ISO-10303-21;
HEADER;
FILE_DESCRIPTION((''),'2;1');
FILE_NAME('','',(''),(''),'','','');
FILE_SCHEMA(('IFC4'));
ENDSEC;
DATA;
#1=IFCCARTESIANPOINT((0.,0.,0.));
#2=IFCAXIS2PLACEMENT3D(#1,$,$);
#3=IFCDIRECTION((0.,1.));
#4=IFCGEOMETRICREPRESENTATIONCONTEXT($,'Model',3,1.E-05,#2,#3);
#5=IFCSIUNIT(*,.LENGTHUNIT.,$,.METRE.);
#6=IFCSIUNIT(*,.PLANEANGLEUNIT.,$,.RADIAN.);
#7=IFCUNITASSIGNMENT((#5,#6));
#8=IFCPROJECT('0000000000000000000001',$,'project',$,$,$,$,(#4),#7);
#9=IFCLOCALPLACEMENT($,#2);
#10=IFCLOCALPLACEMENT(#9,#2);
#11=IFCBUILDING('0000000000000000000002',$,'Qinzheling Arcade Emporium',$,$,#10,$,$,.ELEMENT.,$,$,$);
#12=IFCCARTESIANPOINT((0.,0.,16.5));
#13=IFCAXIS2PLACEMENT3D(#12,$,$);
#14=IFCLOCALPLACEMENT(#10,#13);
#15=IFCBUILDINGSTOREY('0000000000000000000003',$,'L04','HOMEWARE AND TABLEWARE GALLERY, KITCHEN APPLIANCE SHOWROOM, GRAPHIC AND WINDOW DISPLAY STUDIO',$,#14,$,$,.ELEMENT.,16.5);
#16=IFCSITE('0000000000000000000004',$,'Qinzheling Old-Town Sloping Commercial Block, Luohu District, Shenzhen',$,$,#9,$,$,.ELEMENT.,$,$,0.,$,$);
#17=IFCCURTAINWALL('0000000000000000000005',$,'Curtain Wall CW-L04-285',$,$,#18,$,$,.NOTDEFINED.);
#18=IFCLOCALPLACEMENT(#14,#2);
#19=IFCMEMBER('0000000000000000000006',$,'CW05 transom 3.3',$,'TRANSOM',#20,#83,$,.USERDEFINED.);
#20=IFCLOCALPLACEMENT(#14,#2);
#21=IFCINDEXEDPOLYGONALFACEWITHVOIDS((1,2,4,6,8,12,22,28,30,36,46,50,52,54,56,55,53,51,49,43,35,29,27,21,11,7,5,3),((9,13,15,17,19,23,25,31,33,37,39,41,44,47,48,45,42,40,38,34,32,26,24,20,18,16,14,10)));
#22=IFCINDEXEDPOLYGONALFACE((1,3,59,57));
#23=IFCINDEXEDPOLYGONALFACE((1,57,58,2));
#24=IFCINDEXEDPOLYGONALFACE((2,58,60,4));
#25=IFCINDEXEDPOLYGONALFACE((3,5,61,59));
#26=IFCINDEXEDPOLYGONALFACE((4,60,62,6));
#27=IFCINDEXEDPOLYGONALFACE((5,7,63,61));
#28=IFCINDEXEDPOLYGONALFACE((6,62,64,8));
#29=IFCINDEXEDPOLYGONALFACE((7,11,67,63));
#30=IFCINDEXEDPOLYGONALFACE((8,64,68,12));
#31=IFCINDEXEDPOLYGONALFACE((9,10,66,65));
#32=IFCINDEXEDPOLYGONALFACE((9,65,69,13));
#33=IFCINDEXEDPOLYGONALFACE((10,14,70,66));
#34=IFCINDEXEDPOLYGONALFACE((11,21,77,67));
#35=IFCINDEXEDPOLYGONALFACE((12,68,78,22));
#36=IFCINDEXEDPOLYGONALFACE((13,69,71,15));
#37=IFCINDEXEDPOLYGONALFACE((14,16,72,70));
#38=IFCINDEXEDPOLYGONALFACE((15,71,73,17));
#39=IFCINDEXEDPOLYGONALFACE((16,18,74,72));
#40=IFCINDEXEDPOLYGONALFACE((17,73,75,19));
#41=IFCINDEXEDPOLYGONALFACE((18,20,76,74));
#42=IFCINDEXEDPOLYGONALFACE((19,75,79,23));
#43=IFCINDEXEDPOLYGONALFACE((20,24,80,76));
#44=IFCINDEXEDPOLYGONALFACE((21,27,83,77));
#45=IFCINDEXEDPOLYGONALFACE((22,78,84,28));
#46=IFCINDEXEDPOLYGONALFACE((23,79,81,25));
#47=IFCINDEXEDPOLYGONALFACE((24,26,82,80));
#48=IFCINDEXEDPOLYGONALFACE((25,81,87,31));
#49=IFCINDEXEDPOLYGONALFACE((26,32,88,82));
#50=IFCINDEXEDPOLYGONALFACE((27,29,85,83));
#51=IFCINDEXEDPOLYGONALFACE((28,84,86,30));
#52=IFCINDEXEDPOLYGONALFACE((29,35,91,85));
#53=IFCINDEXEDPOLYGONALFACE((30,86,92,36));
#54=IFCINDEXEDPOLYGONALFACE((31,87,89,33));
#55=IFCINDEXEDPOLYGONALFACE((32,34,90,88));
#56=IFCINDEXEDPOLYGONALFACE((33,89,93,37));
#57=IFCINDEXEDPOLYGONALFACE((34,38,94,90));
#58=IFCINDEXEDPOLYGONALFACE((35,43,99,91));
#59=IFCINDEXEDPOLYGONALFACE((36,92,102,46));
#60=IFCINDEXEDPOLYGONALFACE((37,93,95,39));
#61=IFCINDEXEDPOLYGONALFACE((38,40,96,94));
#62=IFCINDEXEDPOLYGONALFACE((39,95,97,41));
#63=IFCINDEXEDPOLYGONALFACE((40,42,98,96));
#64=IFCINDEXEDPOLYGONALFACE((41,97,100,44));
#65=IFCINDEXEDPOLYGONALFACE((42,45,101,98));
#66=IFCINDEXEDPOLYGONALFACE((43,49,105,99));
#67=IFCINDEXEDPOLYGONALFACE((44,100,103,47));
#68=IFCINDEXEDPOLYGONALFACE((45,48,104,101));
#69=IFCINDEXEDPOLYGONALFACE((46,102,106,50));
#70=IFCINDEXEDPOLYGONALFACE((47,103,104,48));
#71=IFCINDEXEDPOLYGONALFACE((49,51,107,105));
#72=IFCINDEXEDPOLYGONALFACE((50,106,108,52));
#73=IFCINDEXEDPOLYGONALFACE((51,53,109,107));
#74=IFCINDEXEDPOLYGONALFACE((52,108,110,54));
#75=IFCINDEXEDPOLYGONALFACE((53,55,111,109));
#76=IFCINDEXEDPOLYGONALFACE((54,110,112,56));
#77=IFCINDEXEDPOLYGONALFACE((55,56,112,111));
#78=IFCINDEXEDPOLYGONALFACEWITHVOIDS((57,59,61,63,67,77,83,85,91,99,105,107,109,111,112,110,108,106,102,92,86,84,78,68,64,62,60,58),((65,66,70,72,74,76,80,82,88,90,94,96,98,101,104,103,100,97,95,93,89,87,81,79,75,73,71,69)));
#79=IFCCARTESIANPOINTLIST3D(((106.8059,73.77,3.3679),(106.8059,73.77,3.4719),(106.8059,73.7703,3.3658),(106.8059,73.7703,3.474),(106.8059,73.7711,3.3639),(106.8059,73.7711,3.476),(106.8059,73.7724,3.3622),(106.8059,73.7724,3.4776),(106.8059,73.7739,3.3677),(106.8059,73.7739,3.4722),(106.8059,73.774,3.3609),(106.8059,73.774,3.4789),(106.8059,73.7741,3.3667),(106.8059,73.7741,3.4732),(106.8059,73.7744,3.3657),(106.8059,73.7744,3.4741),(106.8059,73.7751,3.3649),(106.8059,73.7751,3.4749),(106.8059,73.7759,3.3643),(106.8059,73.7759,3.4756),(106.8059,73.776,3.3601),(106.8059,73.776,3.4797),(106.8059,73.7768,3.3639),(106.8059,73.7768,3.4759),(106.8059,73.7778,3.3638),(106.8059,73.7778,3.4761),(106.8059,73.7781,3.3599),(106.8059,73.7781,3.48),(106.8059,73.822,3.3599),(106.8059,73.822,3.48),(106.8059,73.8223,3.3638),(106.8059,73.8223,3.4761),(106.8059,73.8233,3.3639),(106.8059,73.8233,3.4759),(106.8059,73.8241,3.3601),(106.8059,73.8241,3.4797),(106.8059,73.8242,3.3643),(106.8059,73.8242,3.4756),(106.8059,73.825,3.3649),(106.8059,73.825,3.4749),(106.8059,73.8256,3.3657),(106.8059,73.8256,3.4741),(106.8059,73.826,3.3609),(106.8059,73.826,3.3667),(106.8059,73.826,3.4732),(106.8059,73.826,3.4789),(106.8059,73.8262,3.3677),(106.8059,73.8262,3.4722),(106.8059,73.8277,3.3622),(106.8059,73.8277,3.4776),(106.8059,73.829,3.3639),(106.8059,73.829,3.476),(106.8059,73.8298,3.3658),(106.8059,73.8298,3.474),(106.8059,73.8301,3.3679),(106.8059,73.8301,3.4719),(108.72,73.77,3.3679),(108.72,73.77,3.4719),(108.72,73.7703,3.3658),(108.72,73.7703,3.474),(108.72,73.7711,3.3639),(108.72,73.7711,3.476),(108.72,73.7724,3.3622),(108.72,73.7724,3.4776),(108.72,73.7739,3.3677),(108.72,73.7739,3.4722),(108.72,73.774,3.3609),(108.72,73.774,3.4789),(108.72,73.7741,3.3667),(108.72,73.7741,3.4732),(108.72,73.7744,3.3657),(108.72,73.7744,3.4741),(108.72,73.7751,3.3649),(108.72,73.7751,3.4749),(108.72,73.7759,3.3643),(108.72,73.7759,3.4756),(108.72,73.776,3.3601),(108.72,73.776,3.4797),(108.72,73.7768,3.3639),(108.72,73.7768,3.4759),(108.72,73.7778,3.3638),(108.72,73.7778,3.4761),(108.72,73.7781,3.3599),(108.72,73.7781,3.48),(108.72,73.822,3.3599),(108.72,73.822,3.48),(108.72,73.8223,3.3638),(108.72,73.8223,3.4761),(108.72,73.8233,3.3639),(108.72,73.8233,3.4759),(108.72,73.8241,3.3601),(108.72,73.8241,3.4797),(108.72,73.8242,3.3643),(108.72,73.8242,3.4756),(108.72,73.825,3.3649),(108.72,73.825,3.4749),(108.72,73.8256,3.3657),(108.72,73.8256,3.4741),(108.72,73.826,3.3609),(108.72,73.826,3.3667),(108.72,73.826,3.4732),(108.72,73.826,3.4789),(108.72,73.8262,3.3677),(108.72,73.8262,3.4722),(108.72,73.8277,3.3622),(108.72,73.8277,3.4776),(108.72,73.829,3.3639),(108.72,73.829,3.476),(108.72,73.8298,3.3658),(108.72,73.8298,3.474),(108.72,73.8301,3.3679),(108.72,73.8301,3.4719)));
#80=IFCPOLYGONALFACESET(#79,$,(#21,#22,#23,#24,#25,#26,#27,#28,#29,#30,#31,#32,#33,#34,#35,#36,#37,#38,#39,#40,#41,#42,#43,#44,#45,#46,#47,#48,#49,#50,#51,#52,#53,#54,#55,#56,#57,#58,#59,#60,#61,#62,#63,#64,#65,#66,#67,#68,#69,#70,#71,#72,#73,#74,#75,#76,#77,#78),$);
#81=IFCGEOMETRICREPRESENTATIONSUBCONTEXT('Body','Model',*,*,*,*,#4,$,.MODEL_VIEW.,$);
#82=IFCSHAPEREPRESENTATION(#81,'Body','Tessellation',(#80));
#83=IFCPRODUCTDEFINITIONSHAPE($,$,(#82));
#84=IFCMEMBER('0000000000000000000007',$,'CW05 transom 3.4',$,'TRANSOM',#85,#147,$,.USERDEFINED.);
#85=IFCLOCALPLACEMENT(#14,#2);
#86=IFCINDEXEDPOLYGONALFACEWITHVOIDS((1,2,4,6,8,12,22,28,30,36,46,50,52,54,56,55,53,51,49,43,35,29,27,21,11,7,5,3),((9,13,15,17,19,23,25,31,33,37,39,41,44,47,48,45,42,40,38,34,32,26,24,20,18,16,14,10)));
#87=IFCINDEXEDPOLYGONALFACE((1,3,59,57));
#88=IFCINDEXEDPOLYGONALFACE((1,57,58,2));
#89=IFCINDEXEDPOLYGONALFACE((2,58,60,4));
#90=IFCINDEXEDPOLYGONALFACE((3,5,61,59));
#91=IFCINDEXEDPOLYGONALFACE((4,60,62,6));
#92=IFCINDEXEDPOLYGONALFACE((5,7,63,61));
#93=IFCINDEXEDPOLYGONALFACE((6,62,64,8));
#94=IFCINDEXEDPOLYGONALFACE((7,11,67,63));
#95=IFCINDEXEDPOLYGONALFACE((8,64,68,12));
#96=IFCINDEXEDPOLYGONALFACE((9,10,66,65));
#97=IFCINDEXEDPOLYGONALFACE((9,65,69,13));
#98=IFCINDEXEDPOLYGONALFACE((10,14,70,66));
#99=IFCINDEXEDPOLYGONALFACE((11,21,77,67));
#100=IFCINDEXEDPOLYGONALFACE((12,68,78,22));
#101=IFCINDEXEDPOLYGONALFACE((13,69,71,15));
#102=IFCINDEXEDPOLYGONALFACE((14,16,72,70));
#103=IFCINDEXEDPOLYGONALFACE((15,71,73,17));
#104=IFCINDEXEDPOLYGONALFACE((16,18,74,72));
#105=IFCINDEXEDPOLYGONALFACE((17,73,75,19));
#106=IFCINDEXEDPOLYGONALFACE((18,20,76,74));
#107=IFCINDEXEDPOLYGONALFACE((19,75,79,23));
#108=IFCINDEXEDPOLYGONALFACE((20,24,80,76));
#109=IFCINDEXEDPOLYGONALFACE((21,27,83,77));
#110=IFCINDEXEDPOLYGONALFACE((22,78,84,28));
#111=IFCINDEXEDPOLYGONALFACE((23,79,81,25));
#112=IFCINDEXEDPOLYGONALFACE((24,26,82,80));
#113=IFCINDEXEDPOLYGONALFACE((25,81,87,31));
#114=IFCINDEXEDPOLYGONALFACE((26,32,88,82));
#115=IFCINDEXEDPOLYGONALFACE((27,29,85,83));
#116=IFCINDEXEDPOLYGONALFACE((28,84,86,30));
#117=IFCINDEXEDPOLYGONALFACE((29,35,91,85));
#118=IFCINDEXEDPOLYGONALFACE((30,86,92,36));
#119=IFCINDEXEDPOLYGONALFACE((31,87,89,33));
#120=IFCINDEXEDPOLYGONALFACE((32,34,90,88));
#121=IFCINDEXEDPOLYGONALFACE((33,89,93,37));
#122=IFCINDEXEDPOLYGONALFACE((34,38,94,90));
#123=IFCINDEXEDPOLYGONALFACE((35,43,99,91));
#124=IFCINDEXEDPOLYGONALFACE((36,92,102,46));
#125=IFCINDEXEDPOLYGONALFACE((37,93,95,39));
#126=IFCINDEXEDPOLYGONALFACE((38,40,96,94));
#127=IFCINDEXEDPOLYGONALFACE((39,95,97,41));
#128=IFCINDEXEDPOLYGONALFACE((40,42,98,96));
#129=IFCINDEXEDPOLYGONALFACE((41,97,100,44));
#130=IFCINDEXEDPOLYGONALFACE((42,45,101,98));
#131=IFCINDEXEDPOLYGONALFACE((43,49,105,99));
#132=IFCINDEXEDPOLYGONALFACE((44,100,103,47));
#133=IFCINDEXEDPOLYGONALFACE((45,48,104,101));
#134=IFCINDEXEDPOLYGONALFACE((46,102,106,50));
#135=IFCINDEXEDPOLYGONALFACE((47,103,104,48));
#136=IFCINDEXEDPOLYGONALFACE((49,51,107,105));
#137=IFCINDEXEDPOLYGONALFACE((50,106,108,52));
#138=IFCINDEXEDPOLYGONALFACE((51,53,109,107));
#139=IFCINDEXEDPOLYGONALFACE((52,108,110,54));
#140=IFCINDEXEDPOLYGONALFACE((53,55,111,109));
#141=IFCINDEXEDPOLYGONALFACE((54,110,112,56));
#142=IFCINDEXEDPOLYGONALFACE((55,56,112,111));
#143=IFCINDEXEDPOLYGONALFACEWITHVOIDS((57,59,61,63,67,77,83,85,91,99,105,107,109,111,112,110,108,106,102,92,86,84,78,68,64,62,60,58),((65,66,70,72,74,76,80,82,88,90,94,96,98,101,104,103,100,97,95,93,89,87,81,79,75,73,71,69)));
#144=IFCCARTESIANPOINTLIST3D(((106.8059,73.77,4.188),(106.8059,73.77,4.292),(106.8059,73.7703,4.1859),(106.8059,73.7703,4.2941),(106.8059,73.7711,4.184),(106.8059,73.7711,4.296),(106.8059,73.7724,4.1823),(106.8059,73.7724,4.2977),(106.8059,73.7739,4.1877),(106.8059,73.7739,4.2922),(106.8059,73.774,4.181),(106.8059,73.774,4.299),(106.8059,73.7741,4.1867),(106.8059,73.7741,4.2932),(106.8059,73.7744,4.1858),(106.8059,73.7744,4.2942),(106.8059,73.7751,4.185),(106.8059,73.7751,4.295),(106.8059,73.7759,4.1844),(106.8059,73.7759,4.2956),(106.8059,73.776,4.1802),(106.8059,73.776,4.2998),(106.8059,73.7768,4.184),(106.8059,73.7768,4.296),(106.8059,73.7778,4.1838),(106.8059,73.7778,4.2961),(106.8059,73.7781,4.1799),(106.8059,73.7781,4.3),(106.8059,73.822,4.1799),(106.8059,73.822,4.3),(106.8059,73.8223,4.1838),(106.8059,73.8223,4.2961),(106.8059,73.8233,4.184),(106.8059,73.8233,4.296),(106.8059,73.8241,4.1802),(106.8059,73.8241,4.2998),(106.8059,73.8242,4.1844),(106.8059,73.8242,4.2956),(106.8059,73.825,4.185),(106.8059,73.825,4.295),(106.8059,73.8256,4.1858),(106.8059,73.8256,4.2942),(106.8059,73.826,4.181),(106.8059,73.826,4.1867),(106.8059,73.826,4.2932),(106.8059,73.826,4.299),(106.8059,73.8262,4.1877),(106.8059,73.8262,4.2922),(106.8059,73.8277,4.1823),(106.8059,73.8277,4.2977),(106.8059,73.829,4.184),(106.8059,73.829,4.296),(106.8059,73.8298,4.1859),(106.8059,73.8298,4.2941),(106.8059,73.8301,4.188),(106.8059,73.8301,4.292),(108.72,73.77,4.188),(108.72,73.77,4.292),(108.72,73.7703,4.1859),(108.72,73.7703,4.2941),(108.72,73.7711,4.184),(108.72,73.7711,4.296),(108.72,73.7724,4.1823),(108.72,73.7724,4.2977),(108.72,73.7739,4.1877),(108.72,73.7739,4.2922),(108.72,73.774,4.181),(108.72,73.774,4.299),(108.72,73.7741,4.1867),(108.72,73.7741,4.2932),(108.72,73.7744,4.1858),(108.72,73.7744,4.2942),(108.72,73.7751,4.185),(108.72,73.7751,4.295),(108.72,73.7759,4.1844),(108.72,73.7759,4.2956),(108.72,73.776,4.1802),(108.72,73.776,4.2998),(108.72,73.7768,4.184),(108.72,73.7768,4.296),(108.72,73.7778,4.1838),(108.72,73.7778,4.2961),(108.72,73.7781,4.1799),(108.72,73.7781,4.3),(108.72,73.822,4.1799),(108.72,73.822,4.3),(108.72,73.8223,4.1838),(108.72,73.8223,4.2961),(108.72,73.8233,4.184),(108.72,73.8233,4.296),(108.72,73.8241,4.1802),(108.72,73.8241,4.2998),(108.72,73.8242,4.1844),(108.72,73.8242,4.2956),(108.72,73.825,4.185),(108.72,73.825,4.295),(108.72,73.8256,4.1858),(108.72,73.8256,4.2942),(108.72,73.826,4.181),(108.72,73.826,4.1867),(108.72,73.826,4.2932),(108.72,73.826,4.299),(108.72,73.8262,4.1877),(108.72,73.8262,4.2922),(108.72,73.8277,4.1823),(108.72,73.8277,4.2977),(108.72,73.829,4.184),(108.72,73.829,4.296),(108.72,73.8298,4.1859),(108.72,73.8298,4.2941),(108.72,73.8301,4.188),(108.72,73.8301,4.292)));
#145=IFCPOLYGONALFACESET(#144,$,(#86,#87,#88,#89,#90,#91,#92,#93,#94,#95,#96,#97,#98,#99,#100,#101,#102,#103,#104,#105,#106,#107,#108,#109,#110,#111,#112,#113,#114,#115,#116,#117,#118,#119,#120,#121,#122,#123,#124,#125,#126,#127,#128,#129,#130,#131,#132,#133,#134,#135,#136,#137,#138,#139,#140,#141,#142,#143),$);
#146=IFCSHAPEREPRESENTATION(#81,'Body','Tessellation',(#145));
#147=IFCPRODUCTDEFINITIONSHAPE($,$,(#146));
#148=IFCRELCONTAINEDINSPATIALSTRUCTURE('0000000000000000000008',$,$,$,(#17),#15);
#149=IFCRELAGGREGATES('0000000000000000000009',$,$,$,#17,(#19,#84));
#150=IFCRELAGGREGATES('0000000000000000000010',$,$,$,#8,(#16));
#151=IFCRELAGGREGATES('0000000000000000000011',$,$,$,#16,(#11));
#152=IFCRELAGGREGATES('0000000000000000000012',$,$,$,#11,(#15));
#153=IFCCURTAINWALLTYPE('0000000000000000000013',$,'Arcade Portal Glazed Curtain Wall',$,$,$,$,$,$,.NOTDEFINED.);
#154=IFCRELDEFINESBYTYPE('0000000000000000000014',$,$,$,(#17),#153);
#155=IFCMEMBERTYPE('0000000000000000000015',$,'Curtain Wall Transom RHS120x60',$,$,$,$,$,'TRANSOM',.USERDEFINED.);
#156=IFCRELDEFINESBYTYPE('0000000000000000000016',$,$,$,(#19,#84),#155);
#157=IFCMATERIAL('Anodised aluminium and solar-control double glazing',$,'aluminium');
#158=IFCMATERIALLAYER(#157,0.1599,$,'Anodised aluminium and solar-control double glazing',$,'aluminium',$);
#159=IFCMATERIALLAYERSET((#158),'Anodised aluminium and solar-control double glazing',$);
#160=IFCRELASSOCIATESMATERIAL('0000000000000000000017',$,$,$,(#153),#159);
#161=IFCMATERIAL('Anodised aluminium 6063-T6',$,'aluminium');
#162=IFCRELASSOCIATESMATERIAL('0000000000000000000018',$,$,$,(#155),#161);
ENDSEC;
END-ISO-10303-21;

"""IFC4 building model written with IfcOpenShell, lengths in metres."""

from ifc_helpers import new_model, si_unit, direction, frame, origin, origin_2d, place, context, subcontext, project, spatial, hollow_rectangle, extrude, material, layer, layer_set, material_profile, profile_set, type_object, element, aggregate, save


model = new_model("IFC4")

# Units and contexts
model_context = context("Model", 3, precision=1e-05, world=origin(), true_north=direction((0.0, 1.0)))
body_context = subcontext(model_context, "Body", "Model", "MODEL_VIEW")
ifc_project = project(units=[si_unit("LENGTHUNIT", "METRE"), si_unit("PLANEANGLEUNIT", "RADIAN")], contexts=[model_context])

# Site, building, storey
site_placement = place(None, origin())
site = spatial("IfcSite", under=ifc_project, at=site_placement, Name="Qinzheling Old-Town Sloping Commercial Block, Luohu District, Shenzhen", CompositionType="ELEMENT", RefElevation=0.0)
building_placement = place(site_placement, origin())
building = spatial("IfcBuilding", under=site, at=building_placement, Name="Qinzheling Arcade Emporium", CompositionType="ELEMENT")
storey_placement = place(building_placement, frame((0.0, 0.0, 16.5)))
storey = spatial("IfcBuildingStorey", under=building, at=storey_placement, Name="L04", Description="HOMEWARE AND TABLEWARE GALLERY, KITCHEN APPLIANCE SHOWROOM, GRAPHIC AND WINDOW DISPLAY STUDIO", CompositionType="ELEMENT", Elevation=16.5)

# Curtain wall, members
ifc_material_1 = material(Name="Anodised aluminium and solar-control double glazing", Category="aluminium")
ifc_layer_1 = layer(ifc_material_1, 0.1599, Name="Anodised aluminium and solar-control double glazing", Category="aluminium")
ifc_layer_set_1 = layer_set([ifc_layer_1], Name="Anodised aluminium and solar-control double glazing")
curtain_wall_type = type_object("IfcCurtainWallType", Name="Arcade Portal Glazed Curtain Wall", PredefinedType="NOTDEFINED", material=ifc_layer_set_1)
curtain_wall_placement = place(storey_placement, origin())
curtain_wall = element("IfcCurtainWall", 1, at=curtain_wall_placement, inside=storey, type_object=curtain_wall_type, Name="Curtain Wall CW-L04-285", PredefinedType="NOTDEFINED")
ifc_material_2 = material(Name="Anodised aluminium 6063-T6", Category="aluminium")
ifc_material_profile_1 = material_profile(ifc_material_2, hollow_rectangle(XDim=0.0601, YDim=0.1201, WallThickness=0.0039, InnerFilletRadius=0.0039, OuterFilletRadius=0.0081, at=origin_2d()), Name="RHS 120x60x4", Category="aluminium")
ifc_profile_set_1 = profile_set([ifc_material_profile_1], Name="Anodised aluminium 6063-T6")
member_type_1 = type_object("IfcMemberType", Name="Curtain Wall Transom RHS120x60", ElementType="TRANSOM", PredefinedType="USERDEFINED", material=ifc_profile_set_1)
member_1_placement = place(storey_placement, frame((108.72, 73.8, 3.4199), z_axis=(-1.0, 0.0, 0.0), x_axis=(0.0, -1.0, 0.0)))
member_1 = element("IfcMember", 2, at=member_1_placement, type_object=member_type_1, Name="CW05 transom 3.3", ObjectType="TRANSOM", PredefinedType="USERDEFINED", context=body_context, shape_type="SweptSolid", body=[
    extrude(hollow_rectangle(XDim=0.0601, YDim=0.1201, WallThickness=0.0039, InnerFilletRadius=0.0039, OuterFilletRadius=0.0081, at=origin_2d()), origin(), (0.0, 0.0, 1.0), 1.9141),
])
member_2_placement = place(storey_placement, frame((108.72, 73.8, 4.24), z_axis=(-1.0, 0.0, 0.0), x_axis=(0.0, -1.0, 0.0)))
member_2 = element("IfcMember", 3, at=member_2_placement, type_object=member_type_1, Name="CW05 transom 3.4", ObjectType="TRANSOM", PredefinedType="USERDEFINED", context=body_context, shape_type="SweptSolid", body=[
    extrude(hollow_rectangle(XDim=0.0601, YDim=0.1201, WallThickness=0.0039, InnerFilletRadius=0.0039, OuterFilletRadius=0.0081, at=origin_2d()), origin(), (0.0, 0.0, 1.0), 1.9141),
])
aggregate(curtain_wall, [member_1, member_2])

save(model, "model.ifc")
